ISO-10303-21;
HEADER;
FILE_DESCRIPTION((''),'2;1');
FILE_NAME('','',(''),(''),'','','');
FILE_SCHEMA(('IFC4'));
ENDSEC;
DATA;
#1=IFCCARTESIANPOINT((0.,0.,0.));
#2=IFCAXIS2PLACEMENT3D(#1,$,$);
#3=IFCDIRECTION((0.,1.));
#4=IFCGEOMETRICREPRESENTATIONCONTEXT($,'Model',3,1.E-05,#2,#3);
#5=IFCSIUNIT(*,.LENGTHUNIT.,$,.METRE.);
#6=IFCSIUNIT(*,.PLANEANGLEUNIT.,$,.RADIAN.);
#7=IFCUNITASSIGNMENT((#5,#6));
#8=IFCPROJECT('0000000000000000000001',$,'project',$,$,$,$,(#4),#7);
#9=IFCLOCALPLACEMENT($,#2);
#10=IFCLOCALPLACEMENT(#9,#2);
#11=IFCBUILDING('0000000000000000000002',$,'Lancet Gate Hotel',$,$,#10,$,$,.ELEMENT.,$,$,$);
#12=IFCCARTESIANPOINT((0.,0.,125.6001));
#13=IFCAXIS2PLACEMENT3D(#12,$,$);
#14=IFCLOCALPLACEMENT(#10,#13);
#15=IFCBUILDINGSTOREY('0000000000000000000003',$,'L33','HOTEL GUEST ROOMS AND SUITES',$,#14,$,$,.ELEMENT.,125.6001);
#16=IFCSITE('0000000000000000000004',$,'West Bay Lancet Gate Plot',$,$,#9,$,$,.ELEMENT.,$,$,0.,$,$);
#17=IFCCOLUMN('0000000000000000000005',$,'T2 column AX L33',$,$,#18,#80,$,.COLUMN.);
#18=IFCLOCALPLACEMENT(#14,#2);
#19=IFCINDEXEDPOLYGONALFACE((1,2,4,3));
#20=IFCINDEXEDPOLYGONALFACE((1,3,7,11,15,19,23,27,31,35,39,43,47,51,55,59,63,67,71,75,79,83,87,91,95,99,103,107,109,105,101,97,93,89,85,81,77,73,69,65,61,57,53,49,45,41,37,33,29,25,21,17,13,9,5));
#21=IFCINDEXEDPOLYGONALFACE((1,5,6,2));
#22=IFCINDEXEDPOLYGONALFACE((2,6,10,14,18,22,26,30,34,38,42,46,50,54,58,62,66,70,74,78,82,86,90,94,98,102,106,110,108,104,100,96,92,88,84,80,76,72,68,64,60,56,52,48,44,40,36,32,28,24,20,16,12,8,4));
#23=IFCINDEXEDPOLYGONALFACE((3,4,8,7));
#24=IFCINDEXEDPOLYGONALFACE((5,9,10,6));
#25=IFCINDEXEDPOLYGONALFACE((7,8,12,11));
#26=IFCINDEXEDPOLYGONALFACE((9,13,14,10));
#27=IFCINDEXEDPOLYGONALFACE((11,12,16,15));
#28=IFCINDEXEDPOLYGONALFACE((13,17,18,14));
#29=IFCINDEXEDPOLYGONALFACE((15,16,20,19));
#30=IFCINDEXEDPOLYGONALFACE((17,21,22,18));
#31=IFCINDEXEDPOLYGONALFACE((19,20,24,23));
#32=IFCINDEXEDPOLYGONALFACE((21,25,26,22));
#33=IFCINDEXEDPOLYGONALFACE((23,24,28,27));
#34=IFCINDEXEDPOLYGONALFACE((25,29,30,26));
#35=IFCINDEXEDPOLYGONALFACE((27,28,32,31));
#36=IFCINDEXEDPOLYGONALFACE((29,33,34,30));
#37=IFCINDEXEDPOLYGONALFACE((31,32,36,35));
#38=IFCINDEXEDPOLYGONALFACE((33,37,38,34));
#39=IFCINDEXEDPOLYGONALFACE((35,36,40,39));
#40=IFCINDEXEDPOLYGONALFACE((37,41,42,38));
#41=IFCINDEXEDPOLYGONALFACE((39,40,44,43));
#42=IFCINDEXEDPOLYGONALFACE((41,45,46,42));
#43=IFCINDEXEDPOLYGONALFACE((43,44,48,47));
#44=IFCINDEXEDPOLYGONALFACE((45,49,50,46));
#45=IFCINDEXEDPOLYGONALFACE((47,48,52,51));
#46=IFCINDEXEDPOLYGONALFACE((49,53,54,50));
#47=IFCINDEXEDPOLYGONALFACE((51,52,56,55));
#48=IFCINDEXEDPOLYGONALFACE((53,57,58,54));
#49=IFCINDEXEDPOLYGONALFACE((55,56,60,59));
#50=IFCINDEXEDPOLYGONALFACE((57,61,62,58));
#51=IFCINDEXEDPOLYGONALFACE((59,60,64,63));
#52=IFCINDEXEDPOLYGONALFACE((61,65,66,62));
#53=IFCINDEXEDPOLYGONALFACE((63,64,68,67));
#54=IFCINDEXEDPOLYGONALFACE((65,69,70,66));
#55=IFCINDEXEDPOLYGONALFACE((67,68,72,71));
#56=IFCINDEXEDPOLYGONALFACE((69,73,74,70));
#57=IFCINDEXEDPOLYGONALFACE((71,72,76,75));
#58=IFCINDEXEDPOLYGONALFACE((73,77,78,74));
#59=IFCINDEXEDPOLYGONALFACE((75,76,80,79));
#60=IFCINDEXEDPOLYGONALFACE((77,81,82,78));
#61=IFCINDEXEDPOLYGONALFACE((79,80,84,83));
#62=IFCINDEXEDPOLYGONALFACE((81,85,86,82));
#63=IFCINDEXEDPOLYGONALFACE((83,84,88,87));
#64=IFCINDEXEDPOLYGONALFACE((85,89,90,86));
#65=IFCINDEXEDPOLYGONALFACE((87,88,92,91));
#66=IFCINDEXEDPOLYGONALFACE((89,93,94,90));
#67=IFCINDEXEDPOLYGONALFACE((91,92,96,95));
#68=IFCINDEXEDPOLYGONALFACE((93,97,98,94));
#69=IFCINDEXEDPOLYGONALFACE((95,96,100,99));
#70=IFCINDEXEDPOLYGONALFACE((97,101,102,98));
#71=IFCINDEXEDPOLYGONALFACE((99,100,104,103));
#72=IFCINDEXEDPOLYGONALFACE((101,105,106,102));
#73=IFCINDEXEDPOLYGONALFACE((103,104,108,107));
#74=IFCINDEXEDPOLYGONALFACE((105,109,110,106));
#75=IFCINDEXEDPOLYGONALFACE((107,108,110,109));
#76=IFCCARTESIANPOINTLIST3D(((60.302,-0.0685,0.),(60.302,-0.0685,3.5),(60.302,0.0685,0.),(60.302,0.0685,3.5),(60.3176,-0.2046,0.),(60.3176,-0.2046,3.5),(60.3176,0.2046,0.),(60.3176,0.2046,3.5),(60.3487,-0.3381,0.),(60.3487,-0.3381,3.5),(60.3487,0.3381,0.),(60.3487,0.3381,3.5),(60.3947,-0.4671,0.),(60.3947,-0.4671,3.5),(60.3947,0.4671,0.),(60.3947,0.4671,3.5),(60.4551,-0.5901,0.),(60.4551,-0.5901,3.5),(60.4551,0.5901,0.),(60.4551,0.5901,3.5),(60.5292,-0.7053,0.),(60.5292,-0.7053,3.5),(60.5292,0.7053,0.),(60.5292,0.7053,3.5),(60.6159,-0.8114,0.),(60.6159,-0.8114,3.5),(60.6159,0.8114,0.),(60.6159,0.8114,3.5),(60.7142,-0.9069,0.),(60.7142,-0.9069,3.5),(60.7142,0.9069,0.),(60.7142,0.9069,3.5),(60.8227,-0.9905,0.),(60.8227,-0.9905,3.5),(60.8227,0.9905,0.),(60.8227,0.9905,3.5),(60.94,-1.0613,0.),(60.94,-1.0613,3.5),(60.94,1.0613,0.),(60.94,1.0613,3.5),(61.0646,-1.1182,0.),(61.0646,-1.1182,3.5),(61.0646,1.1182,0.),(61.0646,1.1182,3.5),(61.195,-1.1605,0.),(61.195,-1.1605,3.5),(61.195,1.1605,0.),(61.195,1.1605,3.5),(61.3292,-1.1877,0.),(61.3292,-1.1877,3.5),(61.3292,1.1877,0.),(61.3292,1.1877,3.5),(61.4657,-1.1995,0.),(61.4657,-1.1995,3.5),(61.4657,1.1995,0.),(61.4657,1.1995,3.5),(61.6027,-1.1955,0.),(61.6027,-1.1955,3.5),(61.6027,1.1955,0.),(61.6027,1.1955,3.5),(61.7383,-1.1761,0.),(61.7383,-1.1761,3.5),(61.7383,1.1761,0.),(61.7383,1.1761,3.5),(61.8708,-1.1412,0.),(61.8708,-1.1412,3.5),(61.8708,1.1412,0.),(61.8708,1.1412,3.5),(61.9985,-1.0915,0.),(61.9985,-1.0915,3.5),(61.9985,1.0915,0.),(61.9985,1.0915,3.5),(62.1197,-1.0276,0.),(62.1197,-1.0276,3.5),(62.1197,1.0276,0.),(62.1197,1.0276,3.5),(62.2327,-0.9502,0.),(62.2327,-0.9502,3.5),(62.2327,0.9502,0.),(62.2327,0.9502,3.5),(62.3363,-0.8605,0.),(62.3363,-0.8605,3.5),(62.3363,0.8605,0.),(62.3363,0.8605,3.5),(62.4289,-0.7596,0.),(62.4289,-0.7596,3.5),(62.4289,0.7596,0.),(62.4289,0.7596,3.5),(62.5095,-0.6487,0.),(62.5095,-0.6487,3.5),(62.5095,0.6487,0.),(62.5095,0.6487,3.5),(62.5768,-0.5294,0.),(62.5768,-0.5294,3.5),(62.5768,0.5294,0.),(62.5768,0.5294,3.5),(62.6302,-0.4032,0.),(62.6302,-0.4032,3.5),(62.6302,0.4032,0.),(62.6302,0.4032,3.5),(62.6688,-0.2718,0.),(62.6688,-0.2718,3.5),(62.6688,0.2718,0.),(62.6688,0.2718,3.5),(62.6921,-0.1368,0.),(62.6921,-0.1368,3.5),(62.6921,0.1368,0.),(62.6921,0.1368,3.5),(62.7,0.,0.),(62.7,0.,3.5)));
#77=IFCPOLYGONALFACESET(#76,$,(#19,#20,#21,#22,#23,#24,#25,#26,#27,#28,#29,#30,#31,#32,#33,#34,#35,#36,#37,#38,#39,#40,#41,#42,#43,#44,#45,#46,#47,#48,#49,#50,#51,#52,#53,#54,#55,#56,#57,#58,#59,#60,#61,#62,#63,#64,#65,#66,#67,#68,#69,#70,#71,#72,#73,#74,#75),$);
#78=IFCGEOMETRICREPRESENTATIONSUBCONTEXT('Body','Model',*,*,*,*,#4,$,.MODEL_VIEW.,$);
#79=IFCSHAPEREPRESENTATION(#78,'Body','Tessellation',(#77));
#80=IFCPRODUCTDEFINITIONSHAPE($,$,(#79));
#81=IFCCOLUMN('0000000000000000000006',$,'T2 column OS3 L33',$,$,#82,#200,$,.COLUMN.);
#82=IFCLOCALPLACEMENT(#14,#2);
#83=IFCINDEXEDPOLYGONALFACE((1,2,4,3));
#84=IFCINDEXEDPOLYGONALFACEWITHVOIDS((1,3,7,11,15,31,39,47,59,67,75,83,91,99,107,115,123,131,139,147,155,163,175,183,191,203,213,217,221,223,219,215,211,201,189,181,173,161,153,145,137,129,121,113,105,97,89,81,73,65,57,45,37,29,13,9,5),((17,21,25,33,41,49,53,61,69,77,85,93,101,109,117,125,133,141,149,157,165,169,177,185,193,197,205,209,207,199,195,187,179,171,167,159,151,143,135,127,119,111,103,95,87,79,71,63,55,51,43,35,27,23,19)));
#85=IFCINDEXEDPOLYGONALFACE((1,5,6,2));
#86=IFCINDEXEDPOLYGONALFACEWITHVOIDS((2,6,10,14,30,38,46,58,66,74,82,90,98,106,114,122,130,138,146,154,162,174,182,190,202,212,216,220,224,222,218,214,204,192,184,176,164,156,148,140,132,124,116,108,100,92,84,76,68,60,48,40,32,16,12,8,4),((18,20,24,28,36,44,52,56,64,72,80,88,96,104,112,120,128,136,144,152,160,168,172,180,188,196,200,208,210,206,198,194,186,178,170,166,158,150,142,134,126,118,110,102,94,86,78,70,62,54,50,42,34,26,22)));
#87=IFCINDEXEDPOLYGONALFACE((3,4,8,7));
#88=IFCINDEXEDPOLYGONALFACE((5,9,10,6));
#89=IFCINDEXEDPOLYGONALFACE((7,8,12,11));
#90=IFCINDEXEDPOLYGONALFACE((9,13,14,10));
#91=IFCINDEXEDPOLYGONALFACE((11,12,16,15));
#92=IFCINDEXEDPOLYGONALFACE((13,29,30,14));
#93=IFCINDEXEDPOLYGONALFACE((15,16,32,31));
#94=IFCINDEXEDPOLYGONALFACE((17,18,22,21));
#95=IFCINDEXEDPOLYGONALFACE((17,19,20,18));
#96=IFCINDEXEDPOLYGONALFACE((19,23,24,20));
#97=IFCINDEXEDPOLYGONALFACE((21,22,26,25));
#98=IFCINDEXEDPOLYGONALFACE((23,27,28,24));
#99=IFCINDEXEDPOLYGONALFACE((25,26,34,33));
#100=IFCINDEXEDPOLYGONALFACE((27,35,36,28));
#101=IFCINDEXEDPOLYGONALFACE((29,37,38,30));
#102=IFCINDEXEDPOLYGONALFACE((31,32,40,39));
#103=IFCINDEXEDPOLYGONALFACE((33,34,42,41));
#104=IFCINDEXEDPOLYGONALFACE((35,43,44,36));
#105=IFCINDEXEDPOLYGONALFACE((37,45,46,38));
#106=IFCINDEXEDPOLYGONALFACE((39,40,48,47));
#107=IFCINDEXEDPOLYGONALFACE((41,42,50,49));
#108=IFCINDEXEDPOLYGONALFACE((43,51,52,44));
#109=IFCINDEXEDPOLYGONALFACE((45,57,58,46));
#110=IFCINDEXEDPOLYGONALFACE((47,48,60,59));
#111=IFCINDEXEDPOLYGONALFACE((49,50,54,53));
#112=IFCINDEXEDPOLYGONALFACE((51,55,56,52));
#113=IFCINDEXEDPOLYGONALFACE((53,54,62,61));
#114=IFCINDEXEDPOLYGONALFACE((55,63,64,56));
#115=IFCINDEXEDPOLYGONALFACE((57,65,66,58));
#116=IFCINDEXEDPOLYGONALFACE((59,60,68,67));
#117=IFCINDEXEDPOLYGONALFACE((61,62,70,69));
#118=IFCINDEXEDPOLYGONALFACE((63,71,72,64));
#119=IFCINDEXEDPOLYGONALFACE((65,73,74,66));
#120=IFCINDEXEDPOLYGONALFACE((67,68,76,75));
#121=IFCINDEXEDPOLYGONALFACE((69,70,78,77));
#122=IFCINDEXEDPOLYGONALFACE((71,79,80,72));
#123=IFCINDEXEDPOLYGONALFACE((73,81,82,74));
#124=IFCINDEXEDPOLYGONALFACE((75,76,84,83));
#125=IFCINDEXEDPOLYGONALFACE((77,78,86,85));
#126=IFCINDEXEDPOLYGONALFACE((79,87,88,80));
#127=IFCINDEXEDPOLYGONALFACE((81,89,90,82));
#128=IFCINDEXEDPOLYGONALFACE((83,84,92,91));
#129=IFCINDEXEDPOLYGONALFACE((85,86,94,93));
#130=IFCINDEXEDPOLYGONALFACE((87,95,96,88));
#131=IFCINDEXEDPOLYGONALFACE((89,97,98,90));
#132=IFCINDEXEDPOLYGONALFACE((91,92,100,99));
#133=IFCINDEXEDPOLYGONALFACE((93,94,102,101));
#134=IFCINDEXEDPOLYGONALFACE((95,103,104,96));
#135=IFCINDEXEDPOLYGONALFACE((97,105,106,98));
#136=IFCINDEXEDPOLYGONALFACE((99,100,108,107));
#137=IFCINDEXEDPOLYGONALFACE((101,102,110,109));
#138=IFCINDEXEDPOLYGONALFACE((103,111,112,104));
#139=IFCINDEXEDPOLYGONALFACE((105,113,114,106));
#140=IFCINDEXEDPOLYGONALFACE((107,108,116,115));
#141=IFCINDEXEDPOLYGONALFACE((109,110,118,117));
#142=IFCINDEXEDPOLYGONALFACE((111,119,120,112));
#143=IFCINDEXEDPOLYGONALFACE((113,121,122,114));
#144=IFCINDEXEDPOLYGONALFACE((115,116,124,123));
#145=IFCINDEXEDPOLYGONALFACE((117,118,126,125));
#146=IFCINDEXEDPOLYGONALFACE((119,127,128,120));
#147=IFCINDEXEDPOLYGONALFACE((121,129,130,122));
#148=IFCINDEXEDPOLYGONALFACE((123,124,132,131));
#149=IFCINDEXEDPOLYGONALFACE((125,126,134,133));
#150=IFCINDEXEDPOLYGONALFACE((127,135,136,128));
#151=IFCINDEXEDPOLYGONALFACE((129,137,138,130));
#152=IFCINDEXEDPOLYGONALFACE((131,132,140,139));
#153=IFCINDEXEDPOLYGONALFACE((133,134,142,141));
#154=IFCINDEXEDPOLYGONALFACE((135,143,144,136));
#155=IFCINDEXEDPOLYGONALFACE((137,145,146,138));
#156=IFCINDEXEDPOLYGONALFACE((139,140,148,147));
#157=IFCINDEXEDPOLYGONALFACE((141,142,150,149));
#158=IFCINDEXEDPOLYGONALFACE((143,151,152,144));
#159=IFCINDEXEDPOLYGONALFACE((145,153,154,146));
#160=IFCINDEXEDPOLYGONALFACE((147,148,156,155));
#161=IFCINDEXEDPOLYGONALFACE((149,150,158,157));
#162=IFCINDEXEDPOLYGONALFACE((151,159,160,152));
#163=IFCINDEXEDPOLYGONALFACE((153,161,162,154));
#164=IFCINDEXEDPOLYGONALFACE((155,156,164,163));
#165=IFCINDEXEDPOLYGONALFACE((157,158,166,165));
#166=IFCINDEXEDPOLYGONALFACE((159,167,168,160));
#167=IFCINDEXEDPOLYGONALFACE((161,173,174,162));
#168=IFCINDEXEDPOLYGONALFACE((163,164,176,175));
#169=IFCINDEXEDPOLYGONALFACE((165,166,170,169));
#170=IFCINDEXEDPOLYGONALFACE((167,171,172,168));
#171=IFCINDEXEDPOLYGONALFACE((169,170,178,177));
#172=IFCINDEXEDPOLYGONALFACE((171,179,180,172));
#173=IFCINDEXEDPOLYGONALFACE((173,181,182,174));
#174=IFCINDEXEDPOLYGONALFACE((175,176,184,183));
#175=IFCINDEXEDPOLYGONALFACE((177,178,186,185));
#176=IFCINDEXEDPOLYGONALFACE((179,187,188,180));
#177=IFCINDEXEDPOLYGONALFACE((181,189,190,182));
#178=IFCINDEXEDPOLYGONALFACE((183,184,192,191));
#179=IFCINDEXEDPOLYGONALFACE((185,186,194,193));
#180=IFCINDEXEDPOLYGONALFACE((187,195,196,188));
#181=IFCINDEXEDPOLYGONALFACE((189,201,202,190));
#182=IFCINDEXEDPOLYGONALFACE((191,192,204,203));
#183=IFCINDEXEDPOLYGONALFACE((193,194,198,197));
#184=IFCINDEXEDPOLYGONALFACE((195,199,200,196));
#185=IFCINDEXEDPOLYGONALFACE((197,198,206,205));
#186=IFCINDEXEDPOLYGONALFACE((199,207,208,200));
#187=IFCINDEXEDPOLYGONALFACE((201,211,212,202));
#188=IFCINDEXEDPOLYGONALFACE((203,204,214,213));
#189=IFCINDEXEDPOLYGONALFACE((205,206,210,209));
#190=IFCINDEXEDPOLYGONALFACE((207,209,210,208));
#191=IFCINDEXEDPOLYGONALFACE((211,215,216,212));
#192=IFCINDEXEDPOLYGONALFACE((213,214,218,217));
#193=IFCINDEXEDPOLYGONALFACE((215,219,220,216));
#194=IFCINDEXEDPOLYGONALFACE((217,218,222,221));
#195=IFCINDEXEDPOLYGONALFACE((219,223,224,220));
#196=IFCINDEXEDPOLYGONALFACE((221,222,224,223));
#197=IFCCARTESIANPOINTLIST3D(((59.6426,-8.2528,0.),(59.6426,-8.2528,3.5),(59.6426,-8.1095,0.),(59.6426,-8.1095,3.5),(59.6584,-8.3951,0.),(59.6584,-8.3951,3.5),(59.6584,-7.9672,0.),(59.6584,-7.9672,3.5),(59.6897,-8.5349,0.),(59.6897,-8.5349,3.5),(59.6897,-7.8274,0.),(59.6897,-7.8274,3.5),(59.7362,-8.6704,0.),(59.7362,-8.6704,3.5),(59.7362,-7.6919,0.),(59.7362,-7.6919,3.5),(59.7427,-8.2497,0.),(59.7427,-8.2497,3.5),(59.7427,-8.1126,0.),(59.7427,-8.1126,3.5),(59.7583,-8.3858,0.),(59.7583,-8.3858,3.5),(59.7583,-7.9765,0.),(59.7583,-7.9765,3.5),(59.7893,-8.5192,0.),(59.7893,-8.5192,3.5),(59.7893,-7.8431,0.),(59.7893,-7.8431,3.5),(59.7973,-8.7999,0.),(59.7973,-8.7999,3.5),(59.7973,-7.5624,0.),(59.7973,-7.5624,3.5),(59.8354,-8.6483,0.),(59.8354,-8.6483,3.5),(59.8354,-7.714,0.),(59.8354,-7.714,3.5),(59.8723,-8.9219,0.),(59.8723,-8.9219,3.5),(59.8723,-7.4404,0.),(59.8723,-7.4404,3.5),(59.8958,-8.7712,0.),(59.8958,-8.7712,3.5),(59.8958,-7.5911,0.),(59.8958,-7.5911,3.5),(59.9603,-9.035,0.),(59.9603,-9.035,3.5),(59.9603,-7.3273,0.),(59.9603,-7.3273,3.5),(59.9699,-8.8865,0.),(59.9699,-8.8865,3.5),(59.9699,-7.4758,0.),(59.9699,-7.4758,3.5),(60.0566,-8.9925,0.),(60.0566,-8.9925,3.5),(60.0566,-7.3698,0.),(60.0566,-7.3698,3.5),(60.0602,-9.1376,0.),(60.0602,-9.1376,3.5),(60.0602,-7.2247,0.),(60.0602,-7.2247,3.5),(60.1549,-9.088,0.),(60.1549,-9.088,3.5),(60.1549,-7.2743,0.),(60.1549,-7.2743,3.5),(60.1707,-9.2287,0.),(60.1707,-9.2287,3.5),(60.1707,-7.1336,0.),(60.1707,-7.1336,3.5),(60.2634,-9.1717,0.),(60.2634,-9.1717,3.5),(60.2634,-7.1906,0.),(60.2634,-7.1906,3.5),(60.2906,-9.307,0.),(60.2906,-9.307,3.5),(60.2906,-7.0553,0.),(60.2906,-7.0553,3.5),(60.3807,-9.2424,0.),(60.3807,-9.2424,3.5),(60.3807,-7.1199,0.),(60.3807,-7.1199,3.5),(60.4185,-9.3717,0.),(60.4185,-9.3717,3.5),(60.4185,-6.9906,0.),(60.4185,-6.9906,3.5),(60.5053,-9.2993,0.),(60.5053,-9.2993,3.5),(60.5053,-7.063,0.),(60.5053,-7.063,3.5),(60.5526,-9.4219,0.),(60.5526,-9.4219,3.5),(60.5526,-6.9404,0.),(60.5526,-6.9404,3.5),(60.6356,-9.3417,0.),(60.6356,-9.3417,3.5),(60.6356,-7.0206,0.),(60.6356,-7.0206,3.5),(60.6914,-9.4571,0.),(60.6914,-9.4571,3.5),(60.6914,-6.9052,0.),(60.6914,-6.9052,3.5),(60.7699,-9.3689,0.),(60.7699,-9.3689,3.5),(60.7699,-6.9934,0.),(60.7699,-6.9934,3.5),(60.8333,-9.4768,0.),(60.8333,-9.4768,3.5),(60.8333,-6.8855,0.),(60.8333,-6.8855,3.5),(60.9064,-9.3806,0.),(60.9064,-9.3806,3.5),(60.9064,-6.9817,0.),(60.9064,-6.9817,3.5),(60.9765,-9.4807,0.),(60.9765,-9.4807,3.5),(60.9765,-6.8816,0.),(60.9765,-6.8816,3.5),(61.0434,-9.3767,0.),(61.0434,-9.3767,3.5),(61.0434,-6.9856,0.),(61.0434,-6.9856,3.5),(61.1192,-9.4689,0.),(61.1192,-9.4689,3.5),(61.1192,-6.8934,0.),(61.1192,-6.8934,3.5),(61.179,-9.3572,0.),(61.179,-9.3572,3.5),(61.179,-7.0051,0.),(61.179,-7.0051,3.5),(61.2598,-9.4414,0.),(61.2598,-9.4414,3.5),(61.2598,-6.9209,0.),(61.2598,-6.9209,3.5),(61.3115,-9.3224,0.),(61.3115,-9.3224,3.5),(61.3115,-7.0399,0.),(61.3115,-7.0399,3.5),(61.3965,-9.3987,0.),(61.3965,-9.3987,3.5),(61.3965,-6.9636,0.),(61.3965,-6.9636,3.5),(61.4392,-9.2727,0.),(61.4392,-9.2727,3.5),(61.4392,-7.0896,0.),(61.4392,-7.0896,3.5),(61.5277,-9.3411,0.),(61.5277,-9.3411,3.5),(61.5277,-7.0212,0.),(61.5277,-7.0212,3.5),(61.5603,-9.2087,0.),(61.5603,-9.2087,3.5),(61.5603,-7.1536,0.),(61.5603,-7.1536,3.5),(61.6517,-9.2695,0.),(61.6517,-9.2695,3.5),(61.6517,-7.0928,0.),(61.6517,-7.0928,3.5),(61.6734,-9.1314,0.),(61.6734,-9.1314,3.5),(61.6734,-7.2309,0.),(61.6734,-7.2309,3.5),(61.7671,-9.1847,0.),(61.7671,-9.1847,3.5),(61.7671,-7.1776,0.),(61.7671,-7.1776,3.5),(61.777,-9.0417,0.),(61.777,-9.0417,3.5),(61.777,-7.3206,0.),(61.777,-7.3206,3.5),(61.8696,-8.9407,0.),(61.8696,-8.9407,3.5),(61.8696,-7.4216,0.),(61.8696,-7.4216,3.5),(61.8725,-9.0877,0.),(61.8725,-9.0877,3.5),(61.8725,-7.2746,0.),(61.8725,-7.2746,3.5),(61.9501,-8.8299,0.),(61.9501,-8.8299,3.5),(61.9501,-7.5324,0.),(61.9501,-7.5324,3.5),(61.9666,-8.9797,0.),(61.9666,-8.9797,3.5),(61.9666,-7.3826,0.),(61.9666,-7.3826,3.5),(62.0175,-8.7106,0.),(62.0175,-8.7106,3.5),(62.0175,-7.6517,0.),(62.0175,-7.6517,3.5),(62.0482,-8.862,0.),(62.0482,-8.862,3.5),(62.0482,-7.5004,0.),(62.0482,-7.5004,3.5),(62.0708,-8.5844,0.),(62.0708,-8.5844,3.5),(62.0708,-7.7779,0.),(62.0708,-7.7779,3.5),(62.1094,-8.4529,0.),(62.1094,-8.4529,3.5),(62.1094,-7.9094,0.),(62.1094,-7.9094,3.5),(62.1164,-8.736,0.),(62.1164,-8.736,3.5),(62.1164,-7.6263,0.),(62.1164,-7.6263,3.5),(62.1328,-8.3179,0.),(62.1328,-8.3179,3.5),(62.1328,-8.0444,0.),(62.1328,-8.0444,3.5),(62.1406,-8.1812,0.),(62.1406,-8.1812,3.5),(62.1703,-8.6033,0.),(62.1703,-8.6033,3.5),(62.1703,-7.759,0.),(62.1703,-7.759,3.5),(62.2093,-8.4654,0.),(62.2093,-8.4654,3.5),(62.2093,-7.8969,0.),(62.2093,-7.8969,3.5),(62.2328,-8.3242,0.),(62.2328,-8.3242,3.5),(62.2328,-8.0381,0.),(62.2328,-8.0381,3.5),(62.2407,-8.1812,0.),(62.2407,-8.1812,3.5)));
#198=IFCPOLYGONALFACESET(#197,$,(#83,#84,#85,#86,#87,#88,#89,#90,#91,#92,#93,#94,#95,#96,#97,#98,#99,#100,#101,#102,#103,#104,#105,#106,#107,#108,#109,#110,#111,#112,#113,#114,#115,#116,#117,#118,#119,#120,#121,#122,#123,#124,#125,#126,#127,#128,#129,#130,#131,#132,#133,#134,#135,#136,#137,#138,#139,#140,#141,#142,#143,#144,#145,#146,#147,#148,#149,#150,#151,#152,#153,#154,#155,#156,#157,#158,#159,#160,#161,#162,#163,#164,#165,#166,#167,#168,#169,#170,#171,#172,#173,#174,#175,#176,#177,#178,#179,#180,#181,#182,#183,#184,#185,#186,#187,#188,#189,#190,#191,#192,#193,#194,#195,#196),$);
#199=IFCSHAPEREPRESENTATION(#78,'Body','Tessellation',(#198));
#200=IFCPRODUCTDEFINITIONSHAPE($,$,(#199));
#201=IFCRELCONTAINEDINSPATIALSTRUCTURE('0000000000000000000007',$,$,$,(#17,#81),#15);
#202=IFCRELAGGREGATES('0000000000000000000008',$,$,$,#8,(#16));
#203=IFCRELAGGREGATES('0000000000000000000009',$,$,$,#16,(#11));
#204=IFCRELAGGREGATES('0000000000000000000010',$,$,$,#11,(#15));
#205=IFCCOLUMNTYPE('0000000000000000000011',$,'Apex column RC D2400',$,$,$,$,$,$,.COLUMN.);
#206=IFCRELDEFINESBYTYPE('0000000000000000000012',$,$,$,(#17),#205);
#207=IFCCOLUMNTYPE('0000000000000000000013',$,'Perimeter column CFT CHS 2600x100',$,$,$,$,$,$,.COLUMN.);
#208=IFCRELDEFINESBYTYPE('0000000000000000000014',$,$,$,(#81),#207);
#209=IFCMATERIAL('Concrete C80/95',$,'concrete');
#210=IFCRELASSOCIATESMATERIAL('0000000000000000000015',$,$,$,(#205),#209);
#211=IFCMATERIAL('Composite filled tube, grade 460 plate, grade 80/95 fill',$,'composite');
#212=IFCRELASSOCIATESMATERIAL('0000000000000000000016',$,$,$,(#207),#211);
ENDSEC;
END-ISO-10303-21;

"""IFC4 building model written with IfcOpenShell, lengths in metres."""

from ifc_helpers import new_model, si_unit, direction, frame, origin, origin_2d, place, context, subcontext, project, spatial, circle, hollow_circle, extrude, material, material_profile, profile_set, type_object, element, save


model = new_model("IFC4")

# Units and contexts
model_context = context("Model", 3, precision=1e-05, world=origin(), true_north=direction((0.0, 1.0)))
body_context = subcontext(model_context, "Body", "Model", "MODEL_VIEW")
ifc_project = project(units=[si_unit("LENGTHUNIT", "METRE"), si_unit("PLANEANGLEUNIT", "RADIAN")], contexts=[model_context])

# Site, building, storey
site_placement = place(None, origin())
site = spatial("IfcSite", under=ifc_project, at=site_placement, Name="West Bay Lancet Gate Plot", CompositionType="ELEMENT", RefElevation=0.0)
building_placement = place(site_placement, origin())
building = spatial("IfcBuilding", under=site, at=building_placement, Name="Lancet Gate Hotel", CompositionType="ELEMENT")
storey_placement = place(building_placement, frame((0.0, 0.0, 125.6001)))
storey = spatial("IfcBuildingStorey", under=building, at=storey_placement, Name="L33", Description="HOTEL GUEST ROOMS AND SUITES", CompositionType="ELEMENT", Elevation=125.6001)

# Columns
ifc_material_1 = material(Name="Concrete C80/95", Category="concrete")
ifc_material_profile_1 = material_profile(ifc_material_1, circle(Radius=1.2, at=origin_2d()), Name="RC D2400")
ifc_profile_set_1 = profile_set([ifc_material_profile_1], Name="Concrete C80/95")
column_type_1 = type_object("IfcColumnType", Name="Apex column RC D2400", PredefinedType="COLUMN", material=ifc_profile_set_1)
column_1_placement = place(storey_placement, frame((61.5, 0.0, 0.0), z_axis=(0.0, 0.0, 1.0), x_axis=(1.0, 0.0, 0.0)))
element("IfcColumn", 1, at=column_1_placement, inside=storey, type_object=column_type_1, Name="T2 column AX L33", PredefinedType="COLUMN", context=body_context, shape_type="SweptSolid", body=[
    extrude(circle(Radius=1.2, at=origin_2d()), origin(), (0.0, 0.0, 1.0), 3.5),
])
ifc_material_2 = material(Name="Composite filled tube, grade 460 plate, grade 80/95 fill", Category="composite")
ifc_material_profile_2 = material_profile(ifc_material_2, hollow_circle(Radius=1.3, WallThickness=0.1001, at=origin_2d()), Name="CHS 2600x100")
ifc_profile_set_2 = profile_set([ifc_material_profile_2], Name="Composite filled tube, grade 460 plate, grade 80/95 fill")
column_type_2 = type_object("IfcColumnType", Name="Perimeter column CFT CHS 2600x100", PredefinedType="COLUMN", material=ifc_profile_set_2)
column_2_placement = place(storey_placement, frame((60.9407, -8.1812, 0.0), z_axis=(0.0, 0.0, 1.0), x_axis=(1.0, 0.0, 0.0)))
element("IfcColumn", 2, at=column_2_placement, inside=storey, type_object=column_type_2, Name="T2 column OS3 L33", PredefinedType="COLUMN", context=body_context, shape_type="SweptSolid", body=[
    extrude(hollow_circle(Radius=1.3, WallThickness=0.1001, at=origin_2d()), origin(), (0.0, 0.0, 1.0), 3.5),
])

save(model, "model.ifc")
